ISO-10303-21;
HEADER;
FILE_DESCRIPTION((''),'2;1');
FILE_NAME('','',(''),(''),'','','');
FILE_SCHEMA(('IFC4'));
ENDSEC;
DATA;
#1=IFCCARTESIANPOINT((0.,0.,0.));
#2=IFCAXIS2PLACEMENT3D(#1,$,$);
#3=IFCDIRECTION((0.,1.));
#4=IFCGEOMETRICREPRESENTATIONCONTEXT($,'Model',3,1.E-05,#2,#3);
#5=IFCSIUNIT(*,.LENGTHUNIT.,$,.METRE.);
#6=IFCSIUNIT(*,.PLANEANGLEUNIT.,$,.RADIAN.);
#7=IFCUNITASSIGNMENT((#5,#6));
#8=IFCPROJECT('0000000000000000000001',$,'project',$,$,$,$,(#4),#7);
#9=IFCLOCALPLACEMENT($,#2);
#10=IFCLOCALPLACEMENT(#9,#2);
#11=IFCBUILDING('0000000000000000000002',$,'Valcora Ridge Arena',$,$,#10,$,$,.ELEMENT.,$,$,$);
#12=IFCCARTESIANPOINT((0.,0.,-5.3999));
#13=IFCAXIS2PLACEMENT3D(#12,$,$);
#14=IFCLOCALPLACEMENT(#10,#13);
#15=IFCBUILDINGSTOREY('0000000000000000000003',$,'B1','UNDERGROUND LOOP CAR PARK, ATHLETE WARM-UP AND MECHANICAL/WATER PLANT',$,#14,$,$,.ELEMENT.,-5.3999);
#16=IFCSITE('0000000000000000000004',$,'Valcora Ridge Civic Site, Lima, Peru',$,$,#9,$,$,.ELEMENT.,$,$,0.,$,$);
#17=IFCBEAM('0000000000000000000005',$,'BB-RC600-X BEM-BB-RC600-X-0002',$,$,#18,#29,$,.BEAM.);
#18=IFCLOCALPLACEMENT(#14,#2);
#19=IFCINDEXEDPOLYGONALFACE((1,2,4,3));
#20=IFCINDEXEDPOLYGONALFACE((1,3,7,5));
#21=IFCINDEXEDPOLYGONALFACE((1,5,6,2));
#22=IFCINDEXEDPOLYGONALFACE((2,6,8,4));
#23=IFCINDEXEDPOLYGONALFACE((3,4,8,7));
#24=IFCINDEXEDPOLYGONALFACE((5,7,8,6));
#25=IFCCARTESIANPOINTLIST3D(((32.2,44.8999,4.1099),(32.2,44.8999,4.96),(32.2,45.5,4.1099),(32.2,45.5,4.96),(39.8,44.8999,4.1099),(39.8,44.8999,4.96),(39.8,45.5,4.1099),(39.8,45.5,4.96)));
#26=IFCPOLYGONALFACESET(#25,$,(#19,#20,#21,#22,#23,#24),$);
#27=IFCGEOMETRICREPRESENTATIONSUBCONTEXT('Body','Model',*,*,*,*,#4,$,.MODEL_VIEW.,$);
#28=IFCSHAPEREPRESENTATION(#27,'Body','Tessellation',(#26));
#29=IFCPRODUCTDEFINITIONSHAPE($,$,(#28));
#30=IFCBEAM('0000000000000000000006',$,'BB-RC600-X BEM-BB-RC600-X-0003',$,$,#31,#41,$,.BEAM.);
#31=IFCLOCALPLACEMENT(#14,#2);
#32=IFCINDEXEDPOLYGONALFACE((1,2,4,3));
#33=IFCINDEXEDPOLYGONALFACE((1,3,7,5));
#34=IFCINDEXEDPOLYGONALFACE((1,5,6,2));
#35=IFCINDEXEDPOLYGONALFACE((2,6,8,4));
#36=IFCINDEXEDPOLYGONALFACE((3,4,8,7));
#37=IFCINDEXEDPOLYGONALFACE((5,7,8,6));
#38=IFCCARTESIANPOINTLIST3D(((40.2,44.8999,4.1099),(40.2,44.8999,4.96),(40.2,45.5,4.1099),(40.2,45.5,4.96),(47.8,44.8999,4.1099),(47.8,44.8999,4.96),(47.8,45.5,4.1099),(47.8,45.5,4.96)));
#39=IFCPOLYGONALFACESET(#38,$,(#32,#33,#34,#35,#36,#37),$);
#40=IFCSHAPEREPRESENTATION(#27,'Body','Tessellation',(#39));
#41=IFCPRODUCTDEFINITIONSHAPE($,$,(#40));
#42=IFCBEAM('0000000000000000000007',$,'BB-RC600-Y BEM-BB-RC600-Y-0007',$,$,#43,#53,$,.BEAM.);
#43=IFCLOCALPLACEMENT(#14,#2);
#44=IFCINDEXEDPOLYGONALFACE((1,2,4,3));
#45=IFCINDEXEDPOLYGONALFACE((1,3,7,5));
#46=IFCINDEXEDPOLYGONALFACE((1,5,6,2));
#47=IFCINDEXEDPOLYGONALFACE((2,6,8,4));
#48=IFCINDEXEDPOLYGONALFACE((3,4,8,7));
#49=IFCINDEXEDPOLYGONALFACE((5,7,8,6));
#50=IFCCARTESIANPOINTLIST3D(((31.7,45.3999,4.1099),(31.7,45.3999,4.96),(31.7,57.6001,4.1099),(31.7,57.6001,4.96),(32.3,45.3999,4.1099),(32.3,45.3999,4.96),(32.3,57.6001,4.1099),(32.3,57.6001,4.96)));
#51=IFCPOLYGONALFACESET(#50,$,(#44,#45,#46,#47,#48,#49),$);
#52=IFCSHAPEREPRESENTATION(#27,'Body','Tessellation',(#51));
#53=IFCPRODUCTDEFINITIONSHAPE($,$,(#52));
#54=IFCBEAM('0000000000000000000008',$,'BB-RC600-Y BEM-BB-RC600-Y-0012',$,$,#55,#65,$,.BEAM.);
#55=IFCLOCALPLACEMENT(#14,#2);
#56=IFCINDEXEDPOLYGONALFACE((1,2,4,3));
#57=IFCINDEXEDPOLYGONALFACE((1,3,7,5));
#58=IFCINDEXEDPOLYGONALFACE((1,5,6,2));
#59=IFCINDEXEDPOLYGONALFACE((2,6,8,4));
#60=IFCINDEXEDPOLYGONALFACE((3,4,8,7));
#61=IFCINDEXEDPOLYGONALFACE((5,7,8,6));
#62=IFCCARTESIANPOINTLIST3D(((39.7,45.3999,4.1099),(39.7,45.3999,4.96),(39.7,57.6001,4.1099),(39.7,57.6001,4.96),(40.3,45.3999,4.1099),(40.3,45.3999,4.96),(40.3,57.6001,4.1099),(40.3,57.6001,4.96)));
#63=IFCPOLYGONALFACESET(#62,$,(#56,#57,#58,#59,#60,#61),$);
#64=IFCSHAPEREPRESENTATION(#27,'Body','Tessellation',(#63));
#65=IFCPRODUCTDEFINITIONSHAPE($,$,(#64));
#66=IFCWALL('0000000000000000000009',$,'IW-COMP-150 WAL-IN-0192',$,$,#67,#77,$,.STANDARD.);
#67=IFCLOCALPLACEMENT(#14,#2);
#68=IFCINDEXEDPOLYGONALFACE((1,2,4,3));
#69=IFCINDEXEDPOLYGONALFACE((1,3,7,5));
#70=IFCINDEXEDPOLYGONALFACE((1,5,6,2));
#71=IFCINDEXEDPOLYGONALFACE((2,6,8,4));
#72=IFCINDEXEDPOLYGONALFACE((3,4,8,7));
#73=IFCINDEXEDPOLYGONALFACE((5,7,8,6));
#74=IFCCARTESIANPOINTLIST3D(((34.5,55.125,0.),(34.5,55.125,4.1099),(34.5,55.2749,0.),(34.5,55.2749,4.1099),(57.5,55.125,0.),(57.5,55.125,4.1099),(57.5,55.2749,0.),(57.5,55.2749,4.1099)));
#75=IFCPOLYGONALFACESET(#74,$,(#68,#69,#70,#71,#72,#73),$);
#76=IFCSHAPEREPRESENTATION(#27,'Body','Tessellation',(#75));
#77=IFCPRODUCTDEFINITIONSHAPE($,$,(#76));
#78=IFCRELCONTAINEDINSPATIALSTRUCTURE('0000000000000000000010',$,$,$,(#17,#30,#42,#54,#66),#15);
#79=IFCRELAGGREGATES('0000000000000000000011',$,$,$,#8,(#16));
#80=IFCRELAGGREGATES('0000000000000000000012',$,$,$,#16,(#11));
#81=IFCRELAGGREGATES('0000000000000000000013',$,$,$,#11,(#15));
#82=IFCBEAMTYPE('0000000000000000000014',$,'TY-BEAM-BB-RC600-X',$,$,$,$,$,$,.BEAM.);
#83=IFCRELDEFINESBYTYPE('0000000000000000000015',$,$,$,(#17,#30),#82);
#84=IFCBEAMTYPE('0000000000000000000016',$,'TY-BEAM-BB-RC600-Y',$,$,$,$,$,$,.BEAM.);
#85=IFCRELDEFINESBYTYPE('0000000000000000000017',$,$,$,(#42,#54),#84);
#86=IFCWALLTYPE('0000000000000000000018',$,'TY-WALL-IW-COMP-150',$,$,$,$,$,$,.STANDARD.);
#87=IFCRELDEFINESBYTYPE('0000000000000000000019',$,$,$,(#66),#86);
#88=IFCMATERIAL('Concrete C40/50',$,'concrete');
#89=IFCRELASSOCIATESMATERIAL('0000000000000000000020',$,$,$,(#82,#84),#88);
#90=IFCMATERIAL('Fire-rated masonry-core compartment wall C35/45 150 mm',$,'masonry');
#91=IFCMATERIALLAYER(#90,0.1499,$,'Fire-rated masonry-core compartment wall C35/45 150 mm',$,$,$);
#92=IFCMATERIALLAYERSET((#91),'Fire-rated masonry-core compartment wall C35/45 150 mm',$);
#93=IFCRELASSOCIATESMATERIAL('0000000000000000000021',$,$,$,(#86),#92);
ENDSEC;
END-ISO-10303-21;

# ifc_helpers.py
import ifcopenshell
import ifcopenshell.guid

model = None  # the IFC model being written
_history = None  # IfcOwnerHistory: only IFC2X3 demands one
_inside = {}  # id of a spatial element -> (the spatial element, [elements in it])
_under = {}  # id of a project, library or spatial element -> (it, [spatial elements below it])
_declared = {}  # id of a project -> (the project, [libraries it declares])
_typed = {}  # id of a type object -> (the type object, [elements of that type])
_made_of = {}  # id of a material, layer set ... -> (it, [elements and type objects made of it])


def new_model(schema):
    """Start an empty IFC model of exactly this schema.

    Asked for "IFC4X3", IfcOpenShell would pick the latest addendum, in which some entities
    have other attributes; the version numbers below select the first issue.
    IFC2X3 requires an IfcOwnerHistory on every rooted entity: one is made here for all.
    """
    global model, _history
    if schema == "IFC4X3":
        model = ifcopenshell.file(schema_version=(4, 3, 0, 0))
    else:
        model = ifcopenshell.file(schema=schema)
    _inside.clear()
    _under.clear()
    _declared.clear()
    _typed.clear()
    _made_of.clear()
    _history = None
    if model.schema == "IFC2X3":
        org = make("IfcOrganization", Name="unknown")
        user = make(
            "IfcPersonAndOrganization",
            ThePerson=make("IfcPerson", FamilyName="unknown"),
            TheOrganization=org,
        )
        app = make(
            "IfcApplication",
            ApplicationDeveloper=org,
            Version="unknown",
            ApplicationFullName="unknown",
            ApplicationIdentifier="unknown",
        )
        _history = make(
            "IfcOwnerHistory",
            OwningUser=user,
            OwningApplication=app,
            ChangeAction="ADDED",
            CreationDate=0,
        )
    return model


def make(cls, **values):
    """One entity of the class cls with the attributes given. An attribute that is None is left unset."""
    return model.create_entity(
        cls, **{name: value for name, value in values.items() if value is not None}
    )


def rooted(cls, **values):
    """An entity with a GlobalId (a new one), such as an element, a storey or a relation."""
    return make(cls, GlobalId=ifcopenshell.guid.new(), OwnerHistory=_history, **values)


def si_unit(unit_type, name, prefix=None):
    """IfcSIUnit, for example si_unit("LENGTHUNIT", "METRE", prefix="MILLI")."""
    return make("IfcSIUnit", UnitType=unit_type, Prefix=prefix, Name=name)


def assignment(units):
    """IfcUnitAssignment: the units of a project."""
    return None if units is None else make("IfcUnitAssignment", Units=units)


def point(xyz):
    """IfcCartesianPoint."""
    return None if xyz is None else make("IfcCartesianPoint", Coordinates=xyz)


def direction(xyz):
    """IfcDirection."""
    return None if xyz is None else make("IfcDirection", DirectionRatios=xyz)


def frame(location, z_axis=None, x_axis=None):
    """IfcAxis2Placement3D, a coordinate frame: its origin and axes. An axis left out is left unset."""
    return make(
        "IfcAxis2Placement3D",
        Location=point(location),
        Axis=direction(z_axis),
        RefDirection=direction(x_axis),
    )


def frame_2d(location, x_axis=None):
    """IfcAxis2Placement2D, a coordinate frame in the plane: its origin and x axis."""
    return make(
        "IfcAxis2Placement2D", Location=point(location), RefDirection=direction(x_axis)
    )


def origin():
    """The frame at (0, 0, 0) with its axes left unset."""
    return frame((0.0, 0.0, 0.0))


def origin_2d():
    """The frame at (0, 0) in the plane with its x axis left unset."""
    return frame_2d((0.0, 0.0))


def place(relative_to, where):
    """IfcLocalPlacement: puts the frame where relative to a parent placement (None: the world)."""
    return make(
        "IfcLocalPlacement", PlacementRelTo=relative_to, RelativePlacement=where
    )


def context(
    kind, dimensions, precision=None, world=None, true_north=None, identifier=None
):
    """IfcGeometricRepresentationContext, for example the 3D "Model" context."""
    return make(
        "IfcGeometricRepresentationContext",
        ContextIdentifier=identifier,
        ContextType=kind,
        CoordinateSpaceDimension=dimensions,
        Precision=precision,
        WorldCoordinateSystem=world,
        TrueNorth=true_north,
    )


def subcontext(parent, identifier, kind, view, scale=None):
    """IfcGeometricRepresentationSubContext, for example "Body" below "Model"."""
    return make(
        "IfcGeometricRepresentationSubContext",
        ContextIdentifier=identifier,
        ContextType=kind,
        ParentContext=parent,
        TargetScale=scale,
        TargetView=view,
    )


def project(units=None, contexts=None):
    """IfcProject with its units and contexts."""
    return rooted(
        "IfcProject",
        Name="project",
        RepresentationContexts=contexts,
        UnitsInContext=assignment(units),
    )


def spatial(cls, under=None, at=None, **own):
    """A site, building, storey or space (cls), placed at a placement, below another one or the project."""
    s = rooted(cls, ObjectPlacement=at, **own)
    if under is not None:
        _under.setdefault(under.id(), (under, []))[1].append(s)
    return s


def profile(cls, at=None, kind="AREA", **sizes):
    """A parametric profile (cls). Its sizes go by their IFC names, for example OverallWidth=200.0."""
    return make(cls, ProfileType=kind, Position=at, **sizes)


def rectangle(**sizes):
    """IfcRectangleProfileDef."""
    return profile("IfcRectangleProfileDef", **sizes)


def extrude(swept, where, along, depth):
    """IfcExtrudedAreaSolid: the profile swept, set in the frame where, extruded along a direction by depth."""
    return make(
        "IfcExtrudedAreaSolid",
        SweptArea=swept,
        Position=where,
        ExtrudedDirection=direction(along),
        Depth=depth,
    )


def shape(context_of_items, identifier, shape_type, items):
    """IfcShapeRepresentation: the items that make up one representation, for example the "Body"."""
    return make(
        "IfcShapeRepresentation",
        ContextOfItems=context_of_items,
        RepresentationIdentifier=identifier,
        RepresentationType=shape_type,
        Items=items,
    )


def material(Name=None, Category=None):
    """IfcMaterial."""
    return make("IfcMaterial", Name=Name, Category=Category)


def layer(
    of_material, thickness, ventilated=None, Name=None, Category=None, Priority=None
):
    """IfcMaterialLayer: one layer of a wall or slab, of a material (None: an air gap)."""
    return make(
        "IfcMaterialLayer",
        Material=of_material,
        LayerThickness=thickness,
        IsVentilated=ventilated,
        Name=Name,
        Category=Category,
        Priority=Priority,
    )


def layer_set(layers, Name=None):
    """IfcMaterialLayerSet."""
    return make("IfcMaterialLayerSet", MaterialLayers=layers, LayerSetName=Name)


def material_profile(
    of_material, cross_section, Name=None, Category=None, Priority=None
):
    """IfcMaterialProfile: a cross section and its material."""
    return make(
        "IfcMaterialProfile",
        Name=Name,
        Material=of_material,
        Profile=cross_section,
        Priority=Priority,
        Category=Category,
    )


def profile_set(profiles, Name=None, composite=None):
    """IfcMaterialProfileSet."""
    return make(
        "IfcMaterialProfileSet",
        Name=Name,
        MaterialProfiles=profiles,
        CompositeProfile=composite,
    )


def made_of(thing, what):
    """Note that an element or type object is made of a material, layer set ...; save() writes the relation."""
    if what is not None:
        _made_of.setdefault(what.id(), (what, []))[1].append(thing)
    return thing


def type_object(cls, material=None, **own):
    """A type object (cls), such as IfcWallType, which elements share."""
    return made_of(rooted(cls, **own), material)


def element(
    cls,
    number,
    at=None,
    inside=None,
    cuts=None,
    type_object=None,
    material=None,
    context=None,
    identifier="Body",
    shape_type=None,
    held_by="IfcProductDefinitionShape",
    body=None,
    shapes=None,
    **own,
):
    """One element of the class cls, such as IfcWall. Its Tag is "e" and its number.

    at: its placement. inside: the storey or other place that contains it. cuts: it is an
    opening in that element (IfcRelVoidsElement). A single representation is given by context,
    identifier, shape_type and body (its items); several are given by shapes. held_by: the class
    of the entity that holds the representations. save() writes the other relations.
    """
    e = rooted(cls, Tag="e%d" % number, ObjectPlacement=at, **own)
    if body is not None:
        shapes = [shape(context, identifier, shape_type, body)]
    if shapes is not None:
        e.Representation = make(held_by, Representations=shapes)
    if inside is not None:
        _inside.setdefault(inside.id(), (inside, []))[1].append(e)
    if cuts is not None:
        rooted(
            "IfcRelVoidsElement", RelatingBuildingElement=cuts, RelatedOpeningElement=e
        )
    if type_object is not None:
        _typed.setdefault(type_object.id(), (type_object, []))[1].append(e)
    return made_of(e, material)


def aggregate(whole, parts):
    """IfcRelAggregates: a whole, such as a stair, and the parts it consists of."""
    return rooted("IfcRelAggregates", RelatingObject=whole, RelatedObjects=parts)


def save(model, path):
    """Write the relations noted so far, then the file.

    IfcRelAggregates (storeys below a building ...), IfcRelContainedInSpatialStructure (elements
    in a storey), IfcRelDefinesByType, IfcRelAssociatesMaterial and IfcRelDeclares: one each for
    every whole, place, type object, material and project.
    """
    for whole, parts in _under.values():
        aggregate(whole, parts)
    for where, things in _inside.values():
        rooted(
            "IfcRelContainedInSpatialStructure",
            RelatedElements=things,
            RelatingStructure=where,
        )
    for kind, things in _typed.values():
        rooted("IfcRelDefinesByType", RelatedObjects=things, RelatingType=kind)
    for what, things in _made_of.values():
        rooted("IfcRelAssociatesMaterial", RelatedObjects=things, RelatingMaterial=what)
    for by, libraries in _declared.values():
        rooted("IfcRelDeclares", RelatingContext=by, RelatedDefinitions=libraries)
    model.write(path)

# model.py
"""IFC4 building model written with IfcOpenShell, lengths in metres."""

from ifc_helpers import new_model, si_unit, direction, frame, frame_2d, origin, origin_2d, place, context, subcontext, project, spatial, rectangle, extrude, material, layer, layer_set, material_profile, profile_set, type_object, element, save


model = new_model("IFC4")

# Units and contexts
model_context = context("Model", 3, precision=1e-05, world=origin(), true_north=direction((0.0, 1.0)))
body_context = subcontext(model_context, "Body", "Model", "MODEL_VIEW")
ifc_project = project(units=[si_unit("LENGTHUNIT", "METRE"), si_unit("PLANEANGLEUNIT", "RADIAN")], contexts=[model_context])

# Site, building, storey
site_placement = place(None, origin())
site = spatial("IfcSite", under=ifc_project, at=site_placement, Name="Valcora Ridge Civic Site, Lima, Peru", CompositionType="ELEMENT", RefElevation=0.0)
building_placement = place(site_placement, origin())
building = spatial("IfcBuilding", under=site, at=building_placement, Name="Valcora Ridge Arena", CompositionType="ELEMENT")
storey_placement = place(building_placement, frame((0.0, 0.0, -5.3999)))
storey = spatial("IfcBuildingStorey", under=building, at=storey_placement, Name="B1", Description="UNDERGROUND LOOP CAR PARK, ATHLETE WARM-UP AND MECHANICAL/WATER PLANT", CompositionType="ELEMENT", Elevation=-5.3999)

# Shared definitions
ifc_material_1 = material(Name="Concrete C40/50", Category="concrete")

# Beams
ifc_material_profile_1 = material_profile(ifc_material_1, rectangle(XDim=0.6001, YDim=0.8501, at=origin_2d()), Name="RC 600x850")
ifc_profile_set_1 = profile_set([ifc_material_profile_1], Name="Concrete C40/50")
beam_type_1 = type_object("IfcBeamType", Name="TY-BEAM-BB-RC600-X", PredefinedType="BEAM", material=ifc_profile_set_1)
for number, where, z_axis, x_axis, name in (
    (1, (32.2, 45.2, 4.5349), (1.0, 0.0, 0.0), (0.0, 1.0, 0.0), "BB-RC600-X BEM-BB-RC600-X-0002"),
    (2, (40.2, 45.2, 4.5349), (1.0, 0.0, 0.0), (0.0, 1.0, 0.0), "BB-RC600-X BEM-BB-RC600-X-0003"),
):
    element("IfcBeam", number, at=place(storey_placement, frame(where, z_axis=z_axis, x_axis=x_axis)), inside=storey, type_object=beam_type_1, Name=name, PredefinedType="BEAM", context=body_context, shape_type="SweptSolid", body=[
        extrude(rectangle(XDim=0.6001, YDim=0.8501, at=origin_2d()), origin(), (0.0, 0.0, 1.0), 7.6001),
    ])
ifc_material_profile_2 = material_profile(ifc_material_1, rectangle(XDim=0.6001, YDim=0.8501, at=origin_2d()), Name="RC 600x850")
ifc_profile_set_2 = profile_set([ifc_material_profile_2], Name="Concrete C40/50")
beam_type_2 = type_object("IfcBeamType", Name="TY-BEAM-BB-RC600-Y", PredefinedType="BEAM", material=ifc_profile_set_2)
for number, where, z_axis, x_axis, name in (
    (3, (32.0, 45.3999, 4.5349), (0.0, 1.0, 0.0), (-1.0, 0.0, 0.0), "BB-RC600-Y BEM-BB-RC600-Y-0007"),
    (4, (40.0, 45.3999, 4.5349), (0.0, 1.0, 0.0), (-1.0, 0.0, 0.0), "BB-RC600-Y BEM-BB-RC600-Y-0012"),
):
    element("IfcBeam", number, at=place(storey_placement, frame(where, z_axis=z_axis, x_axis=x_axis)), inside=storey, type_object=beam_type_2, Name=name, PredefinedType="BEAM", context=body_context, shape_type="SweptSolid", body=[
        extrude(rectangle(XDim=0.6001, YDim=0.8501, at=origin_2d()), origin(), (0.0, 0.0, 1.0), 12.2002),
    ])

# Wall
ifc_material_2 = material(Name="Fire-rated masonry-core compartment wall C35/45 150 mm", Category="masonry")
ifc_layer_1 = layer(ifc_material_2, 0.1499, Name="Fire-rated masonry-core compartment wall C35/45 150 mm")
ifc_layer_set_1 = layer_set([ifc_layer_1], Name="Fire-rated masonry-core compartment wall C35/45 150 mm")
wall_type = type_object("IfcWallType", Name="TY-WALL-IW-COMP-150", PredefinedType="STANDARD", material=ifc_layer_set_1)
wall_placement = place(storey_placement, frame((34.5, 55.2, 0.0), z_axis=(0.0, 0.0, 1.0), x_axis=(1.0, 0.0, 0.0)))
element("IfcWall", 5, at=wall_placement, inside=storey, type_object=wall_type, Name="IW-COMP-150 WAL-IN-0192", PredefinedType="STANDARD", context=body_context, shape_type="SweptSolid", body=[
    extrude(rectangle(XDim=23.0, YDim=0.1499, at=frame_2d((11.5, 0.0))), origin(), (0.0, 0.0, 1.0), 4.1099),
])

save(model, "model.ifc")
